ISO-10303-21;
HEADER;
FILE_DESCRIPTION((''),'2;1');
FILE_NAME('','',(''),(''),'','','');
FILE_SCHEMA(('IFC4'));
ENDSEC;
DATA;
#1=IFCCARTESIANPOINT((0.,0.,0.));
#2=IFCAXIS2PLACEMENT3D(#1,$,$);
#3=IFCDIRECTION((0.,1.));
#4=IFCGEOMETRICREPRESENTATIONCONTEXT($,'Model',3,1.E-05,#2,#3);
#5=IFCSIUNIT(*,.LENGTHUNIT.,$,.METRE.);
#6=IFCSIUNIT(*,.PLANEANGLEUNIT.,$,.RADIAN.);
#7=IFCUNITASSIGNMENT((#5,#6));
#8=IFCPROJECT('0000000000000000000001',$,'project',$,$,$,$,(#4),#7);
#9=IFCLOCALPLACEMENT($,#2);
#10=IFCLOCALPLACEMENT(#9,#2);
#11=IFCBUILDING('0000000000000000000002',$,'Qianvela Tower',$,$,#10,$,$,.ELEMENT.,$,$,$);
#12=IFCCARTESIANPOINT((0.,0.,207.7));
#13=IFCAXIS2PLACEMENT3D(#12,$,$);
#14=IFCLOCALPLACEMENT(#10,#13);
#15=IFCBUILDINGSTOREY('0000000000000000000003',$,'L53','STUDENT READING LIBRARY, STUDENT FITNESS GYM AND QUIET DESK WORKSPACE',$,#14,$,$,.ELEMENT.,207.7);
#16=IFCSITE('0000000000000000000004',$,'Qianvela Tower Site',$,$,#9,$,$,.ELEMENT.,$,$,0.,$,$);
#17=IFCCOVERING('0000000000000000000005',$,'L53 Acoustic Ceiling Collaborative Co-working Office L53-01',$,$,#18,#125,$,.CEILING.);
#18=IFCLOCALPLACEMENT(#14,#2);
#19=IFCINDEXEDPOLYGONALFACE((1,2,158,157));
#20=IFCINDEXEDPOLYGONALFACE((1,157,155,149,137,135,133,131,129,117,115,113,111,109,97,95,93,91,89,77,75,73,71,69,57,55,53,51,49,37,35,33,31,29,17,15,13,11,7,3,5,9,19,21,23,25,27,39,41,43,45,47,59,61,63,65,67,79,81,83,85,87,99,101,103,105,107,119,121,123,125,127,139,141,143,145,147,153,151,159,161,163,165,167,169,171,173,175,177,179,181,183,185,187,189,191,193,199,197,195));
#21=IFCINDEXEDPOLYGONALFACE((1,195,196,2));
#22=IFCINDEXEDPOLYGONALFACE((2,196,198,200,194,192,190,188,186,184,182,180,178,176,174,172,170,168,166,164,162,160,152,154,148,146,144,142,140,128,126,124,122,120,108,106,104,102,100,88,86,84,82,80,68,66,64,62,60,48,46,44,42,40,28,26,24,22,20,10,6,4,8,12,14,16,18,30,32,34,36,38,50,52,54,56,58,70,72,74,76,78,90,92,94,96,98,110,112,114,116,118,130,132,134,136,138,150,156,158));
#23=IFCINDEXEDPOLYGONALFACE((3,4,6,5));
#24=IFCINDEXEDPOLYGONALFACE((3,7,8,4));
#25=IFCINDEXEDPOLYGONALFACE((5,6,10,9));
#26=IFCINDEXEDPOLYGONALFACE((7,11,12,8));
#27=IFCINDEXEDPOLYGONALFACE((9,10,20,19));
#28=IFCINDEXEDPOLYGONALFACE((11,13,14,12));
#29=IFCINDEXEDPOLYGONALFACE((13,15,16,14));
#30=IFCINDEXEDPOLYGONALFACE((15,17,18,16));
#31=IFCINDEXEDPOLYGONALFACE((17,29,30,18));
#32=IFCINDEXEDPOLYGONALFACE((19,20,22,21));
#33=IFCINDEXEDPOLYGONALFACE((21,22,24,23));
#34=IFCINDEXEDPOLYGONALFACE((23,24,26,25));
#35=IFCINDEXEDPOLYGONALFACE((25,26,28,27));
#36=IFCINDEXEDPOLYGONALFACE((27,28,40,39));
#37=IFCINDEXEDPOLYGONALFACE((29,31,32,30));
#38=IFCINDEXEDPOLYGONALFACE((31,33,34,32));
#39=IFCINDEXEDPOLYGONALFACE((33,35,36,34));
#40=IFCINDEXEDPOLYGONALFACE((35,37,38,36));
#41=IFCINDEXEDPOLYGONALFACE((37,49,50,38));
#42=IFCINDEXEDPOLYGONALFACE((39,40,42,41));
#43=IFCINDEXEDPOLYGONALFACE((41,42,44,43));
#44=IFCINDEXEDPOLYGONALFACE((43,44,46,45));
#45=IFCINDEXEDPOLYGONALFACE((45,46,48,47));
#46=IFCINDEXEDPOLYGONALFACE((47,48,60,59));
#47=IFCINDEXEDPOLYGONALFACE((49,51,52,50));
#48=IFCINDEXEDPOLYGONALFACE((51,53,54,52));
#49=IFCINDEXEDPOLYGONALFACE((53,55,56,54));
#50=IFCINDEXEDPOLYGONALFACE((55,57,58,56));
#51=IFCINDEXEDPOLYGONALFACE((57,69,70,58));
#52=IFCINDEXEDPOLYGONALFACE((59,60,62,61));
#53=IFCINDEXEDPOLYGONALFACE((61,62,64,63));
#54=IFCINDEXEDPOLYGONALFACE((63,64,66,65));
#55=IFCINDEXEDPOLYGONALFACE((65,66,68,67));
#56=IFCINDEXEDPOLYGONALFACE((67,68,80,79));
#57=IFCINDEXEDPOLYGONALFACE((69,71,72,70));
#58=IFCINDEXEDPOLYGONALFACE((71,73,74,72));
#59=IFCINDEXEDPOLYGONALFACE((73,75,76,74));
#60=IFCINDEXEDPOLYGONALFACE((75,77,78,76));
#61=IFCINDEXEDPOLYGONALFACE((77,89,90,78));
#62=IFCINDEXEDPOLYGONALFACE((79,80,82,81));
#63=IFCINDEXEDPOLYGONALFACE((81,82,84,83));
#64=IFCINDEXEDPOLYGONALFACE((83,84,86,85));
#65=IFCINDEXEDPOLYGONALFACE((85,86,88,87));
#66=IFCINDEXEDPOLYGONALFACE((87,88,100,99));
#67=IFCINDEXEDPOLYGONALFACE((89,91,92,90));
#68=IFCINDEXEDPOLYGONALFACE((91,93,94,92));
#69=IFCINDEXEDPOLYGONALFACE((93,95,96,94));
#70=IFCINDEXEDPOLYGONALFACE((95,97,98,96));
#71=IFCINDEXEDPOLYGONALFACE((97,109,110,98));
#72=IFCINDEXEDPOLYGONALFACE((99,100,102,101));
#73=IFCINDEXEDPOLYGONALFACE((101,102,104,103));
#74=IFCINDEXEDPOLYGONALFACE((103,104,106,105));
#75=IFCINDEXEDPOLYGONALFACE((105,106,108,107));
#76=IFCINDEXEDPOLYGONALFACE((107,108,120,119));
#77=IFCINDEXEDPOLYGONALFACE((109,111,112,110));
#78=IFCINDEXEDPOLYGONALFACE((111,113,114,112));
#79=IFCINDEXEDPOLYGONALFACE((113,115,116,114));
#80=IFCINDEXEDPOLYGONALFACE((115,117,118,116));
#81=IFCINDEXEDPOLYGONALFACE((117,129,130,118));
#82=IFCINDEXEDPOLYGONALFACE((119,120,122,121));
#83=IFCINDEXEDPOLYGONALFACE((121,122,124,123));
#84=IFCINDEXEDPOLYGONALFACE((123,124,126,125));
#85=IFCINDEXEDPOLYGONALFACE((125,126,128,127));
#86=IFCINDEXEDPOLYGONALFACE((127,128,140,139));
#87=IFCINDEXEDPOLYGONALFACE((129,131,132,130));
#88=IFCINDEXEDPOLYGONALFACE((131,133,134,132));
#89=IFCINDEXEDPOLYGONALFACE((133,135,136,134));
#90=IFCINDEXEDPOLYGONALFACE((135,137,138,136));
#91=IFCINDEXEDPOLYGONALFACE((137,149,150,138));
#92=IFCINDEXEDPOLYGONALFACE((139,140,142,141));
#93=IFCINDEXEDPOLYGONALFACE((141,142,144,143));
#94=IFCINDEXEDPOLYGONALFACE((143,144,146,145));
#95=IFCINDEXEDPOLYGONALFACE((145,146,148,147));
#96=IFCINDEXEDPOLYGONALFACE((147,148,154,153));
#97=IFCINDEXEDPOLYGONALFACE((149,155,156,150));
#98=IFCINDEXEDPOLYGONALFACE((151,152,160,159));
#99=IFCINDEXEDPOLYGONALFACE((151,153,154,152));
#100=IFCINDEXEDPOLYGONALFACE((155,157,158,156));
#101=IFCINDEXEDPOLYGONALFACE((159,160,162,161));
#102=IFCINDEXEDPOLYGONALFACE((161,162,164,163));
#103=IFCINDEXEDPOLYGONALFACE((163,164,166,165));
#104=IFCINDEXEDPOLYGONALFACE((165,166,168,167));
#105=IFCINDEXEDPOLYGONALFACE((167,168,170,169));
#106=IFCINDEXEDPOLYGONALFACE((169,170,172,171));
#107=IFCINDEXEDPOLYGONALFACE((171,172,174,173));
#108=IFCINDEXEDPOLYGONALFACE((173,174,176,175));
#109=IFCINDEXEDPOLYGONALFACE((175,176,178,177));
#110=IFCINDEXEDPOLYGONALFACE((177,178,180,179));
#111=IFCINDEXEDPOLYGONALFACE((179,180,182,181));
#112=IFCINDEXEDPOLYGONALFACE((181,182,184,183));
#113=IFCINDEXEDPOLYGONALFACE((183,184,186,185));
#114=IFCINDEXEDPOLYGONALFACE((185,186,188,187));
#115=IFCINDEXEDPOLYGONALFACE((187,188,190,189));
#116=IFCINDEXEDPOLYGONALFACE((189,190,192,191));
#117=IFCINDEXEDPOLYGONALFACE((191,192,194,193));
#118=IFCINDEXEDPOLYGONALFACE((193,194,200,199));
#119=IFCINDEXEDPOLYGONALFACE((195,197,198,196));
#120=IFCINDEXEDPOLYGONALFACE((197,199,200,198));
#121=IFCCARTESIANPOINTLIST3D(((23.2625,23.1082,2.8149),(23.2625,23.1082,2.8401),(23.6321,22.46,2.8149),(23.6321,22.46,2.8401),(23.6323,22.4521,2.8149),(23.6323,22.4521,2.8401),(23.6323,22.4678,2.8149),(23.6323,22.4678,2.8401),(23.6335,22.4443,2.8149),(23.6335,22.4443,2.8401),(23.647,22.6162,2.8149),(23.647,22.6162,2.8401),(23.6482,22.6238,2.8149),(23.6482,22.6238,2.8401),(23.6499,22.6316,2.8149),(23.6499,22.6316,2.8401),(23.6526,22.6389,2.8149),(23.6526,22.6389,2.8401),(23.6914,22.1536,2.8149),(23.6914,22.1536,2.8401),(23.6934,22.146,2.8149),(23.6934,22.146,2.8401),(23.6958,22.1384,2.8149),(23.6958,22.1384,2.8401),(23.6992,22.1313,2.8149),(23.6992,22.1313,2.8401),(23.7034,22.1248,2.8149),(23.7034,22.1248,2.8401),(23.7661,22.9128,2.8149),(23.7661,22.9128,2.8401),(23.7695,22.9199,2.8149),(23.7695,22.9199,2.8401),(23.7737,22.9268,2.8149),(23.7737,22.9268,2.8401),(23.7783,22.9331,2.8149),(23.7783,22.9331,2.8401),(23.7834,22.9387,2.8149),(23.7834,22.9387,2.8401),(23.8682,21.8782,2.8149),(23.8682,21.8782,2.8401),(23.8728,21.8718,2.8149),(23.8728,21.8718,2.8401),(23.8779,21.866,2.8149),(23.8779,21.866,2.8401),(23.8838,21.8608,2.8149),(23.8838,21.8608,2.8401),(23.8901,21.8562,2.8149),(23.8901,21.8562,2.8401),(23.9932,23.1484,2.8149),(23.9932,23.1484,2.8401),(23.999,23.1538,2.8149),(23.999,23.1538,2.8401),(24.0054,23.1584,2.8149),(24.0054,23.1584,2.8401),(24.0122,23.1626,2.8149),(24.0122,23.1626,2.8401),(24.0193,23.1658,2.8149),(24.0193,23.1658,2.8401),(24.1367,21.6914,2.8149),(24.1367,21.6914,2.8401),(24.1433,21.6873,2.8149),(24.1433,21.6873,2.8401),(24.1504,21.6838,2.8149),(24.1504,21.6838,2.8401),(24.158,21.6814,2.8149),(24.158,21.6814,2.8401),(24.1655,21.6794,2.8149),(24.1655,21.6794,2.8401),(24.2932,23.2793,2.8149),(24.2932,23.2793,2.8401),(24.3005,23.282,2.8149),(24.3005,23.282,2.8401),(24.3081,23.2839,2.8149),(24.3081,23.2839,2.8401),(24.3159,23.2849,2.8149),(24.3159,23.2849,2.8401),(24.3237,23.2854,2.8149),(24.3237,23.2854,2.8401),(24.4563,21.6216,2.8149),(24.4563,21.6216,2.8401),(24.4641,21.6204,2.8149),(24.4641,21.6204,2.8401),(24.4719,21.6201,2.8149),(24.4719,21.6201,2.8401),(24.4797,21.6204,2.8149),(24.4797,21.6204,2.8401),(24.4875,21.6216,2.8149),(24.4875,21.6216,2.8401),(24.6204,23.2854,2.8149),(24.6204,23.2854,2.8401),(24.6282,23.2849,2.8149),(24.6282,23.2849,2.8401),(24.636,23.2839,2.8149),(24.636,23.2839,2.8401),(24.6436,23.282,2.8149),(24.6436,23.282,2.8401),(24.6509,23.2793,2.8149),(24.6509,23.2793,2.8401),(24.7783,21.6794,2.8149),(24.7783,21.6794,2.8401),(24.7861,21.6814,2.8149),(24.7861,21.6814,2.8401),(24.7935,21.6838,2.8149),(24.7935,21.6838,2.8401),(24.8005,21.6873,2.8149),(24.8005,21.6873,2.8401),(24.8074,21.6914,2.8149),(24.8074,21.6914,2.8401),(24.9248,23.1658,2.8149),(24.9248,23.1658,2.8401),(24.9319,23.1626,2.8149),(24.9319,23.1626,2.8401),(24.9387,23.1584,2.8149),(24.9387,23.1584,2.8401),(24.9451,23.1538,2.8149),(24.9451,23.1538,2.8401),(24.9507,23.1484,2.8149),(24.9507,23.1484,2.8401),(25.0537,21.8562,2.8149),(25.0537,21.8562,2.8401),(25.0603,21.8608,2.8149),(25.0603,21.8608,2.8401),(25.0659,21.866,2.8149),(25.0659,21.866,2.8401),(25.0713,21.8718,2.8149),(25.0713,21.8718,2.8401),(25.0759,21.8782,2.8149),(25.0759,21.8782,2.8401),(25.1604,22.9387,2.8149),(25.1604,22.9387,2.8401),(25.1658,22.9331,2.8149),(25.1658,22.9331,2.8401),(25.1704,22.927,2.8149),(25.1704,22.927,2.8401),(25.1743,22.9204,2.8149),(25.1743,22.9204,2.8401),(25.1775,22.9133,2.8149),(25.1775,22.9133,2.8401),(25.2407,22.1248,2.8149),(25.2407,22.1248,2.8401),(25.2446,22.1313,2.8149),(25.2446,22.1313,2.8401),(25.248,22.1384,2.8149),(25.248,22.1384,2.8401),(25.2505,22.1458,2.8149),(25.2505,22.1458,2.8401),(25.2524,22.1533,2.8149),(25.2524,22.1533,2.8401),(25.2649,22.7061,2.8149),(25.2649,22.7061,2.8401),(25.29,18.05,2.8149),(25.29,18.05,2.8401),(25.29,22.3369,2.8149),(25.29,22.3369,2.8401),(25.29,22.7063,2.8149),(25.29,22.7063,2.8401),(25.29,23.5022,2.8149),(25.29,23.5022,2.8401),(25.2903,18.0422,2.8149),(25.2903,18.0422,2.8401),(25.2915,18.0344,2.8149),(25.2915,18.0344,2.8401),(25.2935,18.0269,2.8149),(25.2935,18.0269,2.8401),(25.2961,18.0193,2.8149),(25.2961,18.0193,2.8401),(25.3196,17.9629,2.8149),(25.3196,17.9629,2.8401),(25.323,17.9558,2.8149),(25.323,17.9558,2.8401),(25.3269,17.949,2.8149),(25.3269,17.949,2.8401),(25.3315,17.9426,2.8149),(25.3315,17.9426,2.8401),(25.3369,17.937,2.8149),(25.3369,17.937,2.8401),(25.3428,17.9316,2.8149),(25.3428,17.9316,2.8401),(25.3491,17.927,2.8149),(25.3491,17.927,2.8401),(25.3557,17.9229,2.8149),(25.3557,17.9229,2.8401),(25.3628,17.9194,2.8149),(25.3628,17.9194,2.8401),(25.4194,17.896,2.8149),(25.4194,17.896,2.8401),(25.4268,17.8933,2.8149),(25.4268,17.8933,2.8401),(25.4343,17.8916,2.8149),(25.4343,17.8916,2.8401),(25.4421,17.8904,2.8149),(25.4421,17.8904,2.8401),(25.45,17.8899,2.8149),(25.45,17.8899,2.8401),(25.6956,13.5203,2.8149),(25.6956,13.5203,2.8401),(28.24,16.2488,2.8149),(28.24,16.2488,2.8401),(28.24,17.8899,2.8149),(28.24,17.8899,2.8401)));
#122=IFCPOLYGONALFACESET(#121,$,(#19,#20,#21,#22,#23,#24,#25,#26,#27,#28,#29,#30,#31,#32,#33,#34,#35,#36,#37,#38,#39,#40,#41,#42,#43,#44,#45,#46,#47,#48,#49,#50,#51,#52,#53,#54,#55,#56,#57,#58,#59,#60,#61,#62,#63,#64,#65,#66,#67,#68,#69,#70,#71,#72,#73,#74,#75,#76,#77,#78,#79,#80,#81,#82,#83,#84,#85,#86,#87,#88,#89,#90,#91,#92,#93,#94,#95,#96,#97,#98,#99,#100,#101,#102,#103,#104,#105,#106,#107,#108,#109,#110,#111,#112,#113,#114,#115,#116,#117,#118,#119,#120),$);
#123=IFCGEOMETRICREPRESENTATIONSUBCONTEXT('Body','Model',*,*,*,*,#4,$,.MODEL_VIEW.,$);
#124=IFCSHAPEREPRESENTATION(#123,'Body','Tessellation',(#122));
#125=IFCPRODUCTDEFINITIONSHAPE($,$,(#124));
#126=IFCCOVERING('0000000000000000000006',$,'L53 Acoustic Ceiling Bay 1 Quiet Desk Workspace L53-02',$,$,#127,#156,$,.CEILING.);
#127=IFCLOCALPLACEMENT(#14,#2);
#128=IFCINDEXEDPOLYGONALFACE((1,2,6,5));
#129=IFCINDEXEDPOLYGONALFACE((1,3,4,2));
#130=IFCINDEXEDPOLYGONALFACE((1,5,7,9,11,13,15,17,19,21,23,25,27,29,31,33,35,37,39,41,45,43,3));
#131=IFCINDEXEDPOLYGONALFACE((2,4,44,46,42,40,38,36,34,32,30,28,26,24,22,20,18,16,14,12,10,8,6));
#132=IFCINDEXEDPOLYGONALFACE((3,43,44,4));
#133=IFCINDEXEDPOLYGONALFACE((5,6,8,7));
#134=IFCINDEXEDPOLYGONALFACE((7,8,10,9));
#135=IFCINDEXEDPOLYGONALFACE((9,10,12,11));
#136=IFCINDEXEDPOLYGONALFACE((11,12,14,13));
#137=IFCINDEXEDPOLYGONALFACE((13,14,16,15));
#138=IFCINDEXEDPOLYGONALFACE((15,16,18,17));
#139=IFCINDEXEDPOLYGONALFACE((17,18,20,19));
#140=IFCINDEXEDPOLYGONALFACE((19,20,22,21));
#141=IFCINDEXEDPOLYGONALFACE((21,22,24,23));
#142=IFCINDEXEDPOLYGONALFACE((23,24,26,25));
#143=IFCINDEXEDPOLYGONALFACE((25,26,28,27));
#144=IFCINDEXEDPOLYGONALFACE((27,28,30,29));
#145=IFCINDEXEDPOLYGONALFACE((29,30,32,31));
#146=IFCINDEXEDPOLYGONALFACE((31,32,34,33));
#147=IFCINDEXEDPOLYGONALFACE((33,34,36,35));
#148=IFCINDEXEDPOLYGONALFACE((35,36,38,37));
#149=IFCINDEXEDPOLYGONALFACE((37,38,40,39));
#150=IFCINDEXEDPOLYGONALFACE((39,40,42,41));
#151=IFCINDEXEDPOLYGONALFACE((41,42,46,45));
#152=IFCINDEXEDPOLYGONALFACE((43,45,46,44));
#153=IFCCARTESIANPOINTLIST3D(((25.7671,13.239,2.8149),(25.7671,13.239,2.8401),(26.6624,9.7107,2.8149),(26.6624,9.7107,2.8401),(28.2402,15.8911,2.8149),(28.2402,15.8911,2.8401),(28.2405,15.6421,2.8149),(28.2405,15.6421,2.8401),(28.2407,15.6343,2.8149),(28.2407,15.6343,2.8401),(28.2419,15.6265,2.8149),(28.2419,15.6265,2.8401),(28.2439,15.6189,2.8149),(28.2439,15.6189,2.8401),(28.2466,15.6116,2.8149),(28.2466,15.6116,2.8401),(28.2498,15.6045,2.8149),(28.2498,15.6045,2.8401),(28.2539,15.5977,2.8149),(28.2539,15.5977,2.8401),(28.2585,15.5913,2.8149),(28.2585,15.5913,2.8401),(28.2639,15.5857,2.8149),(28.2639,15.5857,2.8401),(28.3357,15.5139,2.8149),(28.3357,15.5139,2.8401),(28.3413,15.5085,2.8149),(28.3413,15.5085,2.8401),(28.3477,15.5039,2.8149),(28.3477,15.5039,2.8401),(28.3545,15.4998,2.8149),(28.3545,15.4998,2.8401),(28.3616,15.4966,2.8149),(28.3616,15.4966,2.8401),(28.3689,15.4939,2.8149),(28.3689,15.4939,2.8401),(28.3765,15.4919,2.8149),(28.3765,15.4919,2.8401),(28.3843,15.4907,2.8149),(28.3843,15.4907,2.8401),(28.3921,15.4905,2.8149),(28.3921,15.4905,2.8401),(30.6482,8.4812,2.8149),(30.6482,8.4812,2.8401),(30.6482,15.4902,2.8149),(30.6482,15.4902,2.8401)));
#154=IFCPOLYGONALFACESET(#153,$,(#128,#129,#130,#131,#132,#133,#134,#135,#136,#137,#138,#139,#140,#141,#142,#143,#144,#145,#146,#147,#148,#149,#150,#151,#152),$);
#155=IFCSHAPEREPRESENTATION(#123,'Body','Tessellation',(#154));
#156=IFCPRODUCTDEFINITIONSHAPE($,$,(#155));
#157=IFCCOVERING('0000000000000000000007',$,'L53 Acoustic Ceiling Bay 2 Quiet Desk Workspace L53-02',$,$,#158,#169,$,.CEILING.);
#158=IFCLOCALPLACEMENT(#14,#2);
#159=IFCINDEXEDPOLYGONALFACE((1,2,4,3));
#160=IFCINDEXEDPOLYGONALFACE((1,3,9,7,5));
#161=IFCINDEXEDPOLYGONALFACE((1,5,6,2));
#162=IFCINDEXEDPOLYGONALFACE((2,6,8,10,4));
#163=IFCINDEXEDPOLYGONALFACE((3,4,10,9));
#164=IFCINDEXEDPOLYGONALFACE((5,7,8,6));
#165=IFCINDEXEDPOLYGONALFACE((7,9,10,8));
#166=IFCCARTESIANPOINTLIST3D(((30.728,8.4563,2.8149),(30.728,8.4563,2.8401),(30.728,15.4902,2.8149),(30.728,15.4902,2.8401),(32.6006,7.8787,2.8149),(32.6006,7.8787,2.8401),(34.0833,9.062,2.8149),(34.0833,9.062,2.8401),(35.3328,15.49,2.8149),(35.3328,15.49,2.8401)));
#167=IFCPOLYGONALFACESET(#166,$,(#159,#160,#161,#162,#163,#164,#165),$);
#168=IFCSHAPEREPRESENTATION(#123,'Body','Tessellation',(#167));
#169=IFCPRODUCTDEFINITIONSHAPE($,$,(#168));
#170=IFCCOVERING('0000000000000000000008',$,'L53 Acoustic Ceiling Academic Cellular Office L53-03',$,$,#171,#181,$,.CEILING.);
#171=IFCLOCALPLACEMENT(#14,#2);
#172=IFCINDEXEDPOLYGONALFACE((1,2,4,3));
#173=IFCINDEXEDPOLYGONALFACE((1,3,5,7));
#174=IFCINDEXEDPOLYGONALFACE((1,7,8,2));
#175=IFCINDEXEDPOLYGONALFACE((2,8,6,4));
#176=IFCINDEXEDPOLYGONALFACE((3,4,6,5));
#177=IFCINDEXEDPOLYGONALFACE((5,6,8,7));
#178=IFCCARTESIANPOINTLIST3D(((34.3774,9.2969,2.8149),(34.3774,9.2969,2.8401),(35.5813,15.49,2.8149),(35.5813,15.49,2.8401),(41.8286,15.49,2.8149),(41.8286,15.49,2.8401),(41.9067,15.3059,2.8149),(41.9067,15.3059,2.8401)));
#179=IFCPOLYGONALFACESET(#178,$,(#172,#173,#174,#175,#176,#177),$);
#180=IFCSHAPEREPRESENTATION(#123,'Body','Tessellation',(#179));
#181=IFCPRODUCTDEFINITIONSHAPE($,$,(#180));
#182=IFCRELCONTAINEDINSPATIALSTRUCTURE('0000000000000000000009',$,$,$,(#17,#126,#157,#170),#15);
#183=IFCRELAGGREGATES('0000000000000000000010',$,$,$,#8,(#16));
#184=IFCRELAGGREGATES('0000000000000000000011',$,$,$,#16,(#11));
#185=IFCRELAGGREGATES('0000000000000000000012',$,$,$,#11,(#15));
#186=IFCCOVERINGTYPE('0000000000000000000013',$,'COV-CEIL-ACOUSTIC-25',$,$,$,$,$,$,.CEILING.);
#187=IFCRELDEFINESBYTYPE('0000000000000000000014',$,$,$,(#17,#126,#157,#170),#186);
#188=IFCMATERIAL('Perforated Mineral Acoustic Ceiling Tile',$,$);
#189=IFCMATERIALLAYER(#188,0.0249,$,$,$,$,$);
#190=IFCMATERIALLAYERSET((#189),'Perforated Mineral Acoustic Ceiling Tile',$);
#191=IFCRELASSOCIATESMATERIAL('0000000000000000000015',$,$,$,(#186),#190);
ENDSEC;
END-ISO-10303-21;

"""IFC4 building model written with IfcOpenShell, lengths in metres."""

from ifc_helpers import new_model, si_unit, direction, frame, origin, place, context, subcontext, project, spatial, polyline, outline, extrude, material, layer, layer_set, type_object, element, save


model = new_model("IFC4")

# Units and contexts
model_context = context("Model", 3, precision=1e-05, world=origin(), true_north=direction((0.0, 1.0)))
body_context = subcontext(model_context, "Body", "Model", "MODEL_VIEW")
ifc_project = project(units=[si_unit("LENGTHUNIT", "METRE"), si_unit("PLANEANGLEUNIT", "RADIAN")], contexts=[model_context])

# Site, building, storey
site_placement = place(None, origin())
site = spatial("IfcSite", under=ifc_project, at=site_placement, Name="Qianvela Tower Site", CompositionType="ELEMENT", RefElevation=0.0)
building_placement = place(site_placement, origin())
building = spatial("IfcBuilding", under=site, at=building_placement, Name="Qianvela Tower", CompositionType="ELEMENT")
storey_placement = place(building_placement, frame((0.0, 0.0, 207.7)))
storey = spatial("IfcBuildingStorey", under=building, at=storey_placement, Name="L53", Description="STUDENT READING LIBRARY, STUDENT FITNESS GYM AND QUIET DESK WORKSPACE", CompositionType="ELEMENT", Elevation=207.7)

# Coverings
ifc_material_1 = material(Name="Perforated Mineral Acoustic Ceiling Tile")
ifc_layer_1 = layer(ifc_material_1, 0.0249)
ifc_layer_set_1 = layer_set([ifc_layer_1], Name="Perforated Mineral Acoustic Ceiling Tile")
covering_type_1 = type_object("IfcCoveringType", Name="COV-CEIL-ACOUSTIC-25", PredefinedType="CEILING", material=ifc_layer_set_1)
covering_1_placement = place(storey_placement, frame((0.0, 0.0, 2.8149)))
element("IfcCovering", 1, at=covering_1_placement, inside=storey, type_object=covering_type_1, Name="L53 Acoustic Ceiling Collaborative Co-working Office L53-01", PredefinedType="CEILING", context=body_context, shape_type="SweptSolid", body=[
    extrude(outline(polyline([(25.29, 22.3369), (25.29, 18.05), (25.2903, 18.0422), (25.2915, 18.0344), (25.2935, 18.0269), (25.2961, 18.0193), (25.3196, 17.9629), (25.323, 17.9558), (25.3269, 17.949), (25.3315, 17.9426), (25.3369, 17.937), (25.3428, 17.9316), (25.3491, 17.927), (25.3557, 17.9229), (25.3628, 17.9194), (25.4194, 17.896), (25.4268, 17.8933), (25.4343, 17.8916), (25.4421, 17.8904), (25.45, 17.8899), (28.24, 17.8899), (28.24, 16.2488), (25.6956, 13.5203), (23.2625, 23.1082), (25.29, 23.5022), (25.29, 22.7063), (25.2649, 22.7061), (25.1775, 22.9133), (25.1743, 22.9204), (25.1704, 22.927), (25.1658, 22.9331), (25.1604, 22.9387), (24.9507, 23.1484), (24.9451, 23.1538), (24.9387, 23.1584), (24.9319, 23.1626), (24.9248, 23.1658), (24.6509, 23.2793), (24.6436, 23.282), (24.636, 23.2839), (24.6282, 23.2849), (24.6204, 23.2854), (24.3237, 23.2854), (24.3159, 23.2849), (24.3081, 23.2839), (24.3005, 23.282), (24.2932, 23.2793), (24.0193, 23.1658), (24.0122, 23.1626), (24.0054, 23.1584), (23.999, 23.1538), (23.9932, 23.1484), (23.7834, 22.9387), (23.7783, 22.9331), (23.7737, 22.9268), (23.7695, 22.9199), (23.7661, 22.9128), (23.6526, 22.6389), (23.6499, 22.6316), (23.6482, 22.6238), (23.647, 22.6162), (23.6323, 22.4678), (23.6321, 22.46), (23.6323, 22.4521), (23.6335, 22.4443), (23.6914, 22.1536), (23.6934, 22.146), (23.6958, 22.1384), (23.6992, 22.1313), (23.7034, 22.1248), (23.8682, 21.8782), (23.8728, 21.8718), (23.8779, 21.866), (23.8838, 21.8608), (23.8901, 21.8562), (24.1367, 21.6914), (24.1433, 21.6873), (24.1504, 21.6838), (24.158, 21.6814), (24.1655, 21.6794), (24.4563, 21.6216), (24.4641, 21.6204), (24.4719, 21.6201), (24.4797, 21.6204), (24.4875, 21.6216), (24.7783, 21.6794), (24.7861, 21.6814), (24.7935, 21.6838), (24.8005, 21.6873), (24.8074, 21.6914), (25.0537, 21.8562), (25.0603, 21.8608), (25.0659, 21.866), (25.0713, 21.8718), (25.0759, 21.8782), (25.2407, 22.1248), (25.2446, 22.1313), (25.248, 22.1384), (25.2505, 22.1458), (25.2524, 22.1533), (25.29, 22.3369)])), origin(), (0.0, 0.0, 1.0), 0.0251),
])
covering_2_placement = place(storey_placement, frame((0.0, 0.0, 2.8149)))
element("IfcCovering", 2, at=covering_2_placement, inside=storey, type_object=covering_type_1, Name="L53 Acoustic Ceiling Bay 1 Quiet Desk Workspace L53-02", PredefinedType="CEILING", context=body_context, shape_type="SweptSolid", body=[
    extrude(outline(polyline([(28.2402, 15.8911), (28.2405, 15.6421), (28.2407, 15.6343), (28.2419, 15.6265), (28.2439, 15.6189), (28.2466, 15.6116), (28.2498, 15.6045), (28.2539, 15.5977), (28.2585, 15.5913), (28.2639, 15.5857), (28.3357, 15.5139), (28.3413, 15.5085), (28.3477, 15.5039), (28.3545, 15.4998), (28.3616, 15.4966), (28.3689, 15.4939), (28.3765, 15.4919), (28.3843, 15.4907), (28.3921, 15.4905), (30.6482, 15.4902), (30.6482, 8.4812), (26.6624, 9.7107), (25.7671, 13.239), (28.2402, 15.8911)])), origin(), (0.0, 0.0, 1.0), 0.0251),
])
covering_3_placement = place(storey_placement, frame((0.0, 0.0, 2.8149)))
element("IfcCovering", 3, at=covering_3_placement, inside=storey, type_object=covering_type_1, Name="L53 Acoustic Ceiling Bay 2 Quiet Desk Workspace L53-02", PredefinedType="CEILING", context=body_context, shape_type="SweptSolid", body=[
    extrude(outline(polyline([(35.3328, 15.49), (34.0833, 9.062), (32.6006, 7.8787), (30.728, 8.4563), (30.728, 15.4902), (35.3328, 15.49)])), origin(), (0.0, 0.0, 1.0), 0.0251),
])
covering_4_placement = place(storey_placement, frame((0.0, 0.0, 2.8149)))
element("IfcCovering", 4, at=covering_4_placement, inside=storey, type_object=covering_type_1, Name="L53 Acoustic Ceiling Academic Cellular Office L53-03", PredefinedType="CEILING", context=body_context, shape_type="SweptSolid", body=[
    extrude(outline(polyline([(41.9067, 15.3059), (34.3774, 9.2969), (35.5813, 15.49), (41.8286, 15.49), (41.9067, 15.3059)])), origin(), (0.0, 0.0, 1.0), 0.0251),
])

save(model, "model.ifc")
